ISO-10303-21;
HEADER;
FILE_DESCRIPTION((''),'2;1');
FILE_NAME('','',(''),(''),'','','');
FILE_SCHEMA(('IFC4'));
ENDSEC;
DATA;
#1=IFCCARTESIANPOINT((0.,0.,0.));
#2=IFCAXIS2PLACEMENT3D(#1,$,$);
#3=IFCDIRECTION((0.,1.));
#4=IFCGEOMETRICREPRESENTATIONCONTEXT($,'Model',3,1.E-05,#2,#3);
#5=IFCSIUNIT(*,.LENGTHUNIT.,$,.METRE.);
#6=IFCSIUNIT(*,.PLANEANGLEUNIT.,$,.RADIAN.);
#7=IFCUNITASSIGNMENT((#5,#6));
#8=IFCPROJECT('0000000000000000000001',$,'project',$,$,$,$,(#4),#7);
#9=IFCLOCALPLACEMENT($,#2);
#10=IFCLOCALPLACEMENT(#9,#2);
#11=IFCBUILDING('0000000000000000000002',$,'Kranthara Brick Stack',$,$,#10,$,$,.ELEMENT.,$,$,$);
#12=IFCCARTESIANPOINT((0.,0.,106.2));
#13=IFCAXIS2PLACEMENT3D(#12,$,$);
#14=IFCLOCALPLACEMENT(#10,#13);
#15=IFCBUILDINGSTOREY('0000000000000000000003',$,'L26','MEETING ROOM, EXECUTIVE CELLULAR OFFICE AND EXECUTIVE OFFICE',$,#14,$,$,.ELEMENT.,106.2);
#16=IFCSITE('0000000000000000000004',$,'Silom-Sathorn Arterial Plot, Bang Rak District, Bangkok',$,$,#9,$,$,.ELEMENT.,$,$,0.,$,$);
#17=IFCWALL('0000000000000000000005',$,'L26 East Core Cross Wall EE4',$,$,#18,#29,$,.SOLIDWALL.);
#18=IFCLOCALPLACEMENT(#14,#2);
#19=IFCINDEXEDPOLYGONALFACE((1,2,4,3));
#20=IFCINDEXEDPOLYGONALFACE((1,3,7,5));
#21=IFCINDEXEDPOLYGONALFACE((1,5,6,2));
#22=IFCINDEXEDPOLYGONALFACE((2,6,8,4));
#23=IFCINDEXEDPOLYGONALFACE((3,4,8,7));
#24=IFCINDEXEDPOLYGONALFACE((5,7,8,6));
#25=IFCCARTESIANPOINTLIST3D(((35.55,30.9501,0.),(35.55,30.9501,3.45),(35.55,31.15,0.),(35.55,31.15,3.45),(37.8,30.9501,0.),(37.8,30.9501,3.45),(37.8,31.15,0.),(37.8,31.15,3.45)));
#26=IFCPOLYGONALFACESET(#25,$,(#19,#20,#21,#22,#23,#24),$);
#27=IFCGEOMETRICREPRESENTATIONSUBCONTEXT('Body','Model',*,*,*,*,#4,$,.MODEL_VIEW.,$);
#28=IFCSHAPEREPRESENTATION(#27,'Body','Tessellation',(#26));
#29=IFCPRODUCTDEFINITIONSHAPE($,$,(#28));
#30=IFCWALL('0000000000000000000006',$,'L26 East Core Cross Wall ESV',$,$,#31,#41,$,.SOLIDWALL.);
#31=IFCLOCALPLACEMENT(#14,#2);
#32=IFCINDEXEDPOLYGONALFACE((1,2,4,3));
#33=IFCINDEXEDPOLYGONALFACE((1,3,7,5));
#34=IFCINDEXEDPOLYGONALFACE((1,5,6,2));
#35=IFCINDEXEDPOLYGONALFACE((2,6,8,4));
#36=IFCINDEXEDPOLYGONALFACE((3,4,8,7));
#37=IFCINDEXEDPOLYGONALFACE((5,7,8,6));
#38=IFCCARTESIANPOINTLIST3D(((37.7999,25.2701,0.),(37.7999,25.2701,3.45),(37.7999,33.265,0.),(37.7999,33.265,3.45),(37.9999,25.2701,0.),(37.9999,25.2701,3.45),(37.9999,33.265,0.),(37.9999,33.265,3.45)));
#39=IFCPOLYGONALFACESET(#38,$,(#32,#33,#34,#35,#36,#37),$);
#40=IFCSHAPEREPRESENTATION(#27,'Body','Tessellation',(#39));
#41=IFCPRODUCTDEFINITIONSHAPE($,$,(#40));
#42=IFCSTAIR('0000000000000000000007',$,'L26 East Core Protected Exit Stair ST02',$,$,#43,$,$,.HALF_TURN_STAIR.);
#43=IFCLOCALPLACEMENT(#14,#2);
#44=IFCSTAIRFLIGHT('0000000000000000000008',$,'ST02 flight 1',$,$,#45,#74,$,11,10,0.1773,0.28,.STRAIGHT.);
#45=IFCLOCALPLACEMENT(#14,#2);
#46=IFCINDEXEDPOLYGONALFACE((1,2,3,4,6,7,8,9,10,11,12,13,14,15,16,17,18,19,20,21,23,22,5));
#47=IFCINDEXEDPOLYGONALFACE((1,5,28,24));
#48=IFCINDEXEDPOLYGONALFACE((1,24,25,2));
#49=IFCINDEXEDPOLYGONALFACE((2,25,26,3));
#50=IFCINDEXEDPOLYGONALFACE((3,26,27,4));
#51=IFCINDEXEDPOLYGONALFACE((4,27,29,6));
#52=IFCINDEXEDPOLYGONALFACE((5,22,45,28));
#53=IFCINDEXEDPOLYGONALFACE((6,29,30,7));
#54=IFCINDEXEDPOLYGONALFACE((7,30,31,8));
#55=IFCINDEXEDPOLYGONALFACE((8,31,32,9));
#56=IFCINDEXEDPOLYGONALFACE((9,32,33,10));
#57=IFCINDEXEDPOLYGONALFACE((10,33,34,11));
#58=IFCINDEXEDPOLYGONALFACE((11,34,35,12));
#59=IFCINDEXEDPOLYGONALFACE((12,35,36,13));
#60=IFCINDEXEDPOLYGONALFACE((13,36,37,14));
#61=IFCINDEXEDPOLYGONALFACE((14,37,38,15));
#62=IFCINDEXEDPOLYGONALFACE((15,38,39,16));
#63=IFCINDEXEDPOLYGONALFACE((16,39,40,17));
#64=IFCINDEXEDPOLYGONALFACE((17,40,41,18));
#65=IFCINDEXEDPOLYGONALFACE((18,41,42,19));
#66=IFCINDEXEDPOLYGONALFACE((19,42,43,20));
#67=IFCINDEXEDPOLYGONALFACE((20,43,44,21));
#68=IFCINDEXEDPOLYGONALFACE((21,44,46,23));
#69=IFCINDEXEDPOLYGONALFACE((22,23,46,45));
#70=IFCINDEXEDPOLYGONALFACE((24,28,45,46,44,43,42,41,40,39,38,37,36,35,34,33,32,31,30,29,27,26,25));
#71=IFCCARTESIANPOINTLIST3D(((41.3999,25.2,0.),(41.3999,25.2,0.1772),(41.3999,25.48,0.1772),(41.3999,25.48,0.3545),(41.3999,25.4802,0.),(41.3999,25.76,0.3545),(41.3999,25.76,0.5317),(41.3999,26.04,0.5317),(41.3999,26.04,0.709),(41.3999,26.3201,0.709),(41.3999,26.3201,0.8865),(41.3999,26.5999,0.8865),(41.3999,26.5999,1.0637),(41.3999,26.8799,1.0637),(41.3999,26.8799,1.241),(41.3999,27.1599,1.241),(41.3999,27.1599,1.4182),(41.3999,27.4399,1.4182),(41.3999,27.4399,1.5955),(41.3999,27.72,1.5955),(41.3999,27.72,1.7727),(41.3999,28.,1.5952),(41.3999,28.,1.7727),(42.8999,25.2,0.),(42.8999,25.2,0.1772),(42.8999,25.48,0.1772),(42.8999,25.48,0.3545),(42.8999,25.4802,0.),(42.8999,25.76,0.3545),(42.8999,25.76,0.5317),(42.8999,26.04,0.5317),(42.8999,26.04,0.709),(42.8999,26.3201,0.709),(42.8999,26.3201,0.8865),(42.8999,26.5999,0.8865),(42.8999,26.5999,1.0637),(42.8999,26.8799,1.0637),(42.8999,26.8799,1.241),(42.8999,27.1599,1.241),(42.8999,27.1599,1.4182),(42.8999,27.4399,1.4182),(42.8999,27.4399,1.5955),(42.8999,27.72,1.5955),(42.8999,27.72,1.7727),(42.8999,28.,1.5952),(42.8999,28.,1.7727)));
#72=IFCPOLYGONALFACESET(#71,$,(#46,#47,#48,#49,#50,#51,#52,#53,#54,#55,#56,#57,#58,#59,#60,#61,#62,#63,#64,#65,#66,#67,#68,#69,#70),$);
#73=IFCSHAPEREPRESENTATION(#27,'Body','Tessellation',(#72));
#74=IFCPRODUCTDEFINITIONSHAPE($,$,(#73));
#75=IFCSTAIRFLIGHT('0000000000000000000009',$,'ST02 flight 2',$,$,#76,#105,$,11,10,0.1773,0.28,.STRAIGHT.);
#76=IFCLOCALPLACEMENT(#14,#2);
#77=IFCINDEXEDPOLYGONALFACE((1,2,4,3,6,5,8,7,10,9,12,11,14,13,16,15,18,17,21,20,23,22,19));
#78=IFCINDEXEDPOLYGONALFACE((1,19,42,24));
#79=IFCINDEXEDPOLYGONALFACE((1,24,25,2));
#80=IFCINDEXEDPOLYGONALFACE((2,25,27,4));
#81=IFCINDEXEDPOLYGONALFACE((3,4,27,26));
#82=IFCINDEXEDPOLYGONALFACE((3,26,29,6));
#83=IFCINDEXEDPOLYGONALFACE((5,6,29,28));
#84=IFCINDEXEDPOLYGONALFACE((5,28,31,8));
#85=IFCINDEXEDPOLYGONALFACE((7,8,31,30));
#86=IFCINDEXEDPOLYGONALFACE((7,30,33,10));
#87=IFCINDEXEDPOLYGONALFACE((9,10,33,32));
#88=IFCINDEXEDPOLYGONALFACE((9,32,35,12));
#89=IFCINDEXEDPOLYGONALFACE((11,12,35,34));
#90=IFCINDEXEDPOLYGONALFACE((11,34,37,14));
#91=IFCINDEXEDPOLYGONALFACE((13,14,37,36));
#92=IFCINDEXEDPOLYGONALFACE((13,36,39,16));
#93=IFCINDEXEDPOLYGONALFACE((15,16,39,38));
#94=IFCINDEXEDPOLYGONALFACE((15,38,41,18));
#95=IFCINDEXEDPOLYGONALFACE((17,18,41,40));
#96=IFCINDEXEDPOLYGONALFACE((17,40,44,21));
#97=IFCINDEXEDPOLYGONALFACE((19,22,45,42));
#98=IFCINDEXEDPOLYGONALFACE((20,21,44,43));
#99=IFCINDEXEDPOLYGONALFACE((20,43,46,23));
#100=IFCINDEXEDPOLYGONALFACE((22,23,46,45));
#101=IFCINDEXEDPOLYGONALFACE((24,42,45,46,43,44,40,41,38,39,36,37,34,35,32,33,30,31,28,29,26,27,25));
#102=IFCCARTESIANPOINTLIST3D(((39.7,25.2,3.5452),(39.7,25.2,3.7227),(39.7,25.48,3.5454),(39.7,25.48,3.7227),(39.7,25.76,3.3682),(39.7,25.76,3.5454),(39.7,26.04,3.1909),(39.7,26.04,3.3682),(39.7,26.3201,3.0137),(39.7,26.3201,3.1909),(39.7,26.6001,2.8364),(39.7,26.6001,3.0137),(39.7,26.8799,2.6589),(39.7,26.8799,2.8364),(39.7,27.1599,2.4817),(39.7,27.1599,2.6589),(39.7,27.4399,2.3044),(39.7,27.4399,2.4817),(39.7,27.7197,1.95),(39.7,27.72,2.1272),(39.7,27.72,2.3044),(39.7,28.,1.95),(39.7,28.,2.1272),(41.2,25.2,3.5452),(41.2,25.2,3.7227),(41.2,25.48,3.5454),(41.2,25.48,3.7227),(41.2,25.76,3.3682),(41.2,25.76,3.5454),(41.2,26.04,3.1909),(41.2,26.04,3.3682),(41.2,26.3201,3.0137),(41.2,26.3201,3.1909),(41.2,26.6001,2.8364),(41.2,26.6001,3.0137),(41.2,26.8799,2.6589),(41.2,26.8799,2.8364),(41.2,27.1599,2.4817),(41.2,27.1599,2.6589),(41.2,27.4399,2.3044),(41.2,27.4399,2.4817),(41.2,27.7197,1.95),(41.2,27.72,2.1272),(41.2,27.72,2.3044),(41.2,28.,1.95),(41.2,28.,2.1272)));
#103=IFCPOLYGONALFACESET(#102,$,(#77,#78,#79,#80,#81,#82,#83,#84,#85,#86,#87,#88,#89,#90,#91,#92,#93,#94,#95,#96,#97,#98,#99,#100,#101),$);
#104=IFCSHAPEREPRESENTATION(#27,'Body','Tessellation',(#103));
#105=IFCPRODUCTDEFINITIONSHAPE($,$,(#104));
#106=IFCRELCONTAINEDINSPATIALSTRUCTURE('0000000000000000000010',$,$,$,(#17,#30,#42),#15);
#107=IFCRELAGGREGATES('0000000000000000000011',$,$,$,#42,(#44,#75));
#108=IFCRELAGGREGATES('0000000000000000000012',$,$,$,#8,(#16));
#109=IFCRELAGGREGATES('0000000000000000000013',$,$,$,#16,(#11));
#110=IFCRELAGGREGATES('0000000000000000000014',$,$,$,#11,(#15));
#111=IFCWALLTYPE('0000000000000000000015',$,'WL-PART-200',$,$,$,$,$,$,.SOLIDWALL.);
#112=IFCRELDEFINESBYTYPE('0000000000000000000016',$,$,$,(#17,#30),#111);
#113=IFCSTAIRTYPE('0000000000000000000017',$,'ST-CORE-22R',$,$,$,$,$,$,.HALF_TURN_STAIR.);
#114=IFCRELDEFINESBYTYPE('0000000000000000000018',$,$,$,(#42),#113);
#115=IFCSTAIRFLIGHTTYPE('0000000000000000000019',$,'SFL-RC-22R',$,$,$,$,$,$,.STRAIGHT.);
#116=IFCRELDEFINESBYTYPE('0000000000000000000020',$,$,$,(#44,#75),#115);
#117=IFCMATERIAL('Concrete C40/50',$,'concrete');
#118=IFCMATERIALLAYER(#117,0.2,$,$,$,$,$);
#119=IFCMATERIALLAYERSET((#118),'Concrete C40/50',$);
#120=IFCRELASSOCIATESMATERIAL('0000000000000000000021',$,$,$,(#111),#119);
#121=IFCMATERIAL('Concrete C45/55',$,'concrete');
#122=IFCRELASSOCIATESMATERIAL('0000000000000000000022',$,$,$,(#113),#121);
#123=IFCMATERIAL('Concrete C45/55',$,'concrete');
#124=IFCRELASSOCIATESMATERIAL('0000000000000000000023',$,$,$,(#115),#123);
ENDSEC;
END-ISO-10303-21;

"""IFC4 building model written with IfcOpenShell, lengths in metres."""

from ifc_helpers import new_model, si_unit, direction, frame, frame_2d, origin, place, context, subcontext, project, spatial, polyline, rectangle, outline, extrude, material, layer, layer_set, type_object, element, aggregate, save


model = new_model("IFC4")

# Units and contexts
model_context = context("Model", 3, precision=1e-05, world=origin(), true_north=direction((0.0, 1.0)))
body_context = subcontext(model_context, "Body", "Model", "MODEL_VIEW")
ifc_project = project(units=[si_unit("LENGTHUNIT", "METRE"), si_unit("PLANEANGLEUNIT", "RADIAN")], contexts=[model_context])

# Site, building, storey
site_placement = place(None, origin())
site = spatial("IfcSite", under=ifc_project, at=site_placement, Name="Silom-Sathorn Arterial Plot, Bang Rak District, Bangkok", CompositionType="ELEMENT", RefElevation=0.0)
building_placement = place(site_placement, origin())
building = spatial("IfcBuilding", under=site, at=building_placement, Name="Kranthara Brick Stack", CompositionType="ELEMENT")
storey_placement = place(building_placement, frame((0.0, 0.0, 106.2)))
storey = spatial("IfcBuildingStorey", under=building, at=storey_placement, Name="L26", Description="MEETING ROOM, EXECUTIVE CELLULAR OFFICE AND EXECUTIVE OFFICE", CompositionType="ELEMENT", Elevation=106.2)

# Walls
ifc_material_1 = material(Name="Concrete C40/50", Category="concrete")
ifc_layer_1 = layer(ifc_material_1, 0.2)
ifc_layer_set_1 = layer_set([ifc_layer_1], Name="Concrete C40/50")
wall_type_1 = type_object("IfcWallType", Name="WL-PART-200", PredefinedType="SOLIDWALL", material=ifc_layer_set_1)
wall_1_placement = place(storey_placement, frame((35.55, 31.05, 0.0), z_axis=(0.0, 0.0, 1.0), x_axis=(1.0, 0.0, 0.0)))
element("IfcWall", 1, at=wall_1_placement, inside=storey, type_object=wall_type_1, Name="L26 East Core Cross Wall EE4", PredefinedType="SOLIDWALL", context=body_context, shape_type="SweptSolid", body=[
    extrude(rectangle(XDim=2.25, YDim=0.2, at=frame_2d((1.125, 0.0))), origin(), (0.0, 0.0, 1.0), 3.45),
])
wall_2_placement = place(storey_placement, frame((37.8999, 25.27, 0.0), z_axis=(0.0, 0.0, 1.0), x_axis=(0.0, 1.0, 0.0)))
element("IfcWall", 2, at=wall_2_placement, inside=storey, type_object=wall_type_1, Name="L26 East Core Cross Wall ESV", PredefinedType="SOLIDWALL", context=body_context, shape_type="SweptSolid", body=[
    extrude(rectangle(XDim=7.9949, YDim=0.2, at=frame_2d((3.9976, 0.0))), origin(), (0.0, 0.0, 1.0), 3.45),
])

# Stair, stair flights
ifc_material_2 = material(Name="Concrete C45/55", Category="concrete")
stair_type = type_object("IfcStairType", Name="ST-CORE-22R", PredefinedType="HALF_TURN_STAIR", material=ifc_material_2)
stair_placement = place(storey_placement, origin())
stair = element("IfcStair", 3, at=stair_placement, inside=storey, type_object=stair_type, Name="L26 East Core Protected Exit Stair ST02", PredefinedType="HALF_TURN_STAIR")
ifc_material_3 = material(Name="Concrete C45/55", Category="concrete")
stair_flight_type = type_object("IfcStairFlightType", Name="SFL-RC-22R", PredefinedType="STRAIGHT", material=ifc_material_3)
stair_flight_1_placement = place(storey_placement, frame((42.1499, 25.2, 0.0), z_axis=(0.0, 0.0, 1.0), x_axis=(0.0, 1.0, 0.0)))
stair_flight_1 = element("IfcStairFlight", 4, at=stair_flight_1_placement, type_object=stair_flight_type, Name="ST02 flight 1", NumberOfRisers=11, NumberOfTreads=10, PredefinedType="STRAIGHT", RiserHeight=0.1773, TreadLength=0.28, context=body_context, shape_type="SweptSolid", body=[
    extrude(outline(polyline([(0.0, 0.0), (0.0, 0.1772), (0.28, 0.1772), (0.28, 0.3545), (0.5601, 0.3545), (0.5601, 0.5317), (0.8401, 0.5317), (0.8401, 0.709), (1.1201, 0.709), (1.1201, 0.8865), (1.3999, 0.8865), (1.3999, 1.0637), (1.6799, 1.0637), (1.6799, 1.241), (1.96, 1.241), (1.96, 1.4182), (2.24, 1.4182), (2.24, 1.5955), (2.52, 1.5955), (2.52, 1.7727), (2.8, 1.7727), (2.8, 1.95), (2.8, 1.5952), (0.2803, 0.0), (0.0, 0.0)])), frame((0.0, 0.75, 0.0), z_axis=(0.0, -1.0, 0.0), x_axis=(1.0, 0.0, 0.0)), (0.0, 0.0, 1.0), 1.5),
])
stair_flight_2_placement = place(storey_placement, frame((40.45, 28.0, 1.95), z_axis=(0.0, 0.0, 1.0), x_axis=(0.0, -1.0, 0.0)))
stair_flight_2 = element("IfcStairFlight", 5, at=stair_flight_2_placement, type_object=stair_flight_type, Name="ST02 flight 2", NumberOfRisers=11, NumberOfTreads=10, PredefinedType="STRAIGHT", RiserHeight=0.1773, TreadLength=0.28, context=body_context, shape_type="SweptSolid", body=[
    extrude(outline(polyline([(0.0, 0.0), (0.0, 0.1772), (0.28, 0.1772), (0.28, 0.3545), (0.5601, 0.3545), (0.5601, 0.5317), (0.8401, 0.5317), (0.8401, 0.709), (1.1201, 0.709), (1.1201, 0.8865), (1.3999, 0.8865), (1.3999, 1.0637), (1.6799, 1.0637), (1.6799, 1.241), (1.96, 1.241), (1.96, 1.4182), (2.24, 1.4182), (2.24, 1.5955), (2.52, 1.5955), (2.52, 1.7727), (2.8, 1.7727), (2.8, 1.95), (2.8, 1.5952), (0.2803, 0.0), (0.0, 0.0)])), frame((0.0, 0.75, 0.0), z_axis=(0.0, -1.0, 0.0), x_axis=(1.0, 0.0, 0.0)), (0.0, 0.0, 1.0), 1.5),
])
aggregate(stair, [stair_flight_1, stair_flight_2])

save(model, "model.ifc")
